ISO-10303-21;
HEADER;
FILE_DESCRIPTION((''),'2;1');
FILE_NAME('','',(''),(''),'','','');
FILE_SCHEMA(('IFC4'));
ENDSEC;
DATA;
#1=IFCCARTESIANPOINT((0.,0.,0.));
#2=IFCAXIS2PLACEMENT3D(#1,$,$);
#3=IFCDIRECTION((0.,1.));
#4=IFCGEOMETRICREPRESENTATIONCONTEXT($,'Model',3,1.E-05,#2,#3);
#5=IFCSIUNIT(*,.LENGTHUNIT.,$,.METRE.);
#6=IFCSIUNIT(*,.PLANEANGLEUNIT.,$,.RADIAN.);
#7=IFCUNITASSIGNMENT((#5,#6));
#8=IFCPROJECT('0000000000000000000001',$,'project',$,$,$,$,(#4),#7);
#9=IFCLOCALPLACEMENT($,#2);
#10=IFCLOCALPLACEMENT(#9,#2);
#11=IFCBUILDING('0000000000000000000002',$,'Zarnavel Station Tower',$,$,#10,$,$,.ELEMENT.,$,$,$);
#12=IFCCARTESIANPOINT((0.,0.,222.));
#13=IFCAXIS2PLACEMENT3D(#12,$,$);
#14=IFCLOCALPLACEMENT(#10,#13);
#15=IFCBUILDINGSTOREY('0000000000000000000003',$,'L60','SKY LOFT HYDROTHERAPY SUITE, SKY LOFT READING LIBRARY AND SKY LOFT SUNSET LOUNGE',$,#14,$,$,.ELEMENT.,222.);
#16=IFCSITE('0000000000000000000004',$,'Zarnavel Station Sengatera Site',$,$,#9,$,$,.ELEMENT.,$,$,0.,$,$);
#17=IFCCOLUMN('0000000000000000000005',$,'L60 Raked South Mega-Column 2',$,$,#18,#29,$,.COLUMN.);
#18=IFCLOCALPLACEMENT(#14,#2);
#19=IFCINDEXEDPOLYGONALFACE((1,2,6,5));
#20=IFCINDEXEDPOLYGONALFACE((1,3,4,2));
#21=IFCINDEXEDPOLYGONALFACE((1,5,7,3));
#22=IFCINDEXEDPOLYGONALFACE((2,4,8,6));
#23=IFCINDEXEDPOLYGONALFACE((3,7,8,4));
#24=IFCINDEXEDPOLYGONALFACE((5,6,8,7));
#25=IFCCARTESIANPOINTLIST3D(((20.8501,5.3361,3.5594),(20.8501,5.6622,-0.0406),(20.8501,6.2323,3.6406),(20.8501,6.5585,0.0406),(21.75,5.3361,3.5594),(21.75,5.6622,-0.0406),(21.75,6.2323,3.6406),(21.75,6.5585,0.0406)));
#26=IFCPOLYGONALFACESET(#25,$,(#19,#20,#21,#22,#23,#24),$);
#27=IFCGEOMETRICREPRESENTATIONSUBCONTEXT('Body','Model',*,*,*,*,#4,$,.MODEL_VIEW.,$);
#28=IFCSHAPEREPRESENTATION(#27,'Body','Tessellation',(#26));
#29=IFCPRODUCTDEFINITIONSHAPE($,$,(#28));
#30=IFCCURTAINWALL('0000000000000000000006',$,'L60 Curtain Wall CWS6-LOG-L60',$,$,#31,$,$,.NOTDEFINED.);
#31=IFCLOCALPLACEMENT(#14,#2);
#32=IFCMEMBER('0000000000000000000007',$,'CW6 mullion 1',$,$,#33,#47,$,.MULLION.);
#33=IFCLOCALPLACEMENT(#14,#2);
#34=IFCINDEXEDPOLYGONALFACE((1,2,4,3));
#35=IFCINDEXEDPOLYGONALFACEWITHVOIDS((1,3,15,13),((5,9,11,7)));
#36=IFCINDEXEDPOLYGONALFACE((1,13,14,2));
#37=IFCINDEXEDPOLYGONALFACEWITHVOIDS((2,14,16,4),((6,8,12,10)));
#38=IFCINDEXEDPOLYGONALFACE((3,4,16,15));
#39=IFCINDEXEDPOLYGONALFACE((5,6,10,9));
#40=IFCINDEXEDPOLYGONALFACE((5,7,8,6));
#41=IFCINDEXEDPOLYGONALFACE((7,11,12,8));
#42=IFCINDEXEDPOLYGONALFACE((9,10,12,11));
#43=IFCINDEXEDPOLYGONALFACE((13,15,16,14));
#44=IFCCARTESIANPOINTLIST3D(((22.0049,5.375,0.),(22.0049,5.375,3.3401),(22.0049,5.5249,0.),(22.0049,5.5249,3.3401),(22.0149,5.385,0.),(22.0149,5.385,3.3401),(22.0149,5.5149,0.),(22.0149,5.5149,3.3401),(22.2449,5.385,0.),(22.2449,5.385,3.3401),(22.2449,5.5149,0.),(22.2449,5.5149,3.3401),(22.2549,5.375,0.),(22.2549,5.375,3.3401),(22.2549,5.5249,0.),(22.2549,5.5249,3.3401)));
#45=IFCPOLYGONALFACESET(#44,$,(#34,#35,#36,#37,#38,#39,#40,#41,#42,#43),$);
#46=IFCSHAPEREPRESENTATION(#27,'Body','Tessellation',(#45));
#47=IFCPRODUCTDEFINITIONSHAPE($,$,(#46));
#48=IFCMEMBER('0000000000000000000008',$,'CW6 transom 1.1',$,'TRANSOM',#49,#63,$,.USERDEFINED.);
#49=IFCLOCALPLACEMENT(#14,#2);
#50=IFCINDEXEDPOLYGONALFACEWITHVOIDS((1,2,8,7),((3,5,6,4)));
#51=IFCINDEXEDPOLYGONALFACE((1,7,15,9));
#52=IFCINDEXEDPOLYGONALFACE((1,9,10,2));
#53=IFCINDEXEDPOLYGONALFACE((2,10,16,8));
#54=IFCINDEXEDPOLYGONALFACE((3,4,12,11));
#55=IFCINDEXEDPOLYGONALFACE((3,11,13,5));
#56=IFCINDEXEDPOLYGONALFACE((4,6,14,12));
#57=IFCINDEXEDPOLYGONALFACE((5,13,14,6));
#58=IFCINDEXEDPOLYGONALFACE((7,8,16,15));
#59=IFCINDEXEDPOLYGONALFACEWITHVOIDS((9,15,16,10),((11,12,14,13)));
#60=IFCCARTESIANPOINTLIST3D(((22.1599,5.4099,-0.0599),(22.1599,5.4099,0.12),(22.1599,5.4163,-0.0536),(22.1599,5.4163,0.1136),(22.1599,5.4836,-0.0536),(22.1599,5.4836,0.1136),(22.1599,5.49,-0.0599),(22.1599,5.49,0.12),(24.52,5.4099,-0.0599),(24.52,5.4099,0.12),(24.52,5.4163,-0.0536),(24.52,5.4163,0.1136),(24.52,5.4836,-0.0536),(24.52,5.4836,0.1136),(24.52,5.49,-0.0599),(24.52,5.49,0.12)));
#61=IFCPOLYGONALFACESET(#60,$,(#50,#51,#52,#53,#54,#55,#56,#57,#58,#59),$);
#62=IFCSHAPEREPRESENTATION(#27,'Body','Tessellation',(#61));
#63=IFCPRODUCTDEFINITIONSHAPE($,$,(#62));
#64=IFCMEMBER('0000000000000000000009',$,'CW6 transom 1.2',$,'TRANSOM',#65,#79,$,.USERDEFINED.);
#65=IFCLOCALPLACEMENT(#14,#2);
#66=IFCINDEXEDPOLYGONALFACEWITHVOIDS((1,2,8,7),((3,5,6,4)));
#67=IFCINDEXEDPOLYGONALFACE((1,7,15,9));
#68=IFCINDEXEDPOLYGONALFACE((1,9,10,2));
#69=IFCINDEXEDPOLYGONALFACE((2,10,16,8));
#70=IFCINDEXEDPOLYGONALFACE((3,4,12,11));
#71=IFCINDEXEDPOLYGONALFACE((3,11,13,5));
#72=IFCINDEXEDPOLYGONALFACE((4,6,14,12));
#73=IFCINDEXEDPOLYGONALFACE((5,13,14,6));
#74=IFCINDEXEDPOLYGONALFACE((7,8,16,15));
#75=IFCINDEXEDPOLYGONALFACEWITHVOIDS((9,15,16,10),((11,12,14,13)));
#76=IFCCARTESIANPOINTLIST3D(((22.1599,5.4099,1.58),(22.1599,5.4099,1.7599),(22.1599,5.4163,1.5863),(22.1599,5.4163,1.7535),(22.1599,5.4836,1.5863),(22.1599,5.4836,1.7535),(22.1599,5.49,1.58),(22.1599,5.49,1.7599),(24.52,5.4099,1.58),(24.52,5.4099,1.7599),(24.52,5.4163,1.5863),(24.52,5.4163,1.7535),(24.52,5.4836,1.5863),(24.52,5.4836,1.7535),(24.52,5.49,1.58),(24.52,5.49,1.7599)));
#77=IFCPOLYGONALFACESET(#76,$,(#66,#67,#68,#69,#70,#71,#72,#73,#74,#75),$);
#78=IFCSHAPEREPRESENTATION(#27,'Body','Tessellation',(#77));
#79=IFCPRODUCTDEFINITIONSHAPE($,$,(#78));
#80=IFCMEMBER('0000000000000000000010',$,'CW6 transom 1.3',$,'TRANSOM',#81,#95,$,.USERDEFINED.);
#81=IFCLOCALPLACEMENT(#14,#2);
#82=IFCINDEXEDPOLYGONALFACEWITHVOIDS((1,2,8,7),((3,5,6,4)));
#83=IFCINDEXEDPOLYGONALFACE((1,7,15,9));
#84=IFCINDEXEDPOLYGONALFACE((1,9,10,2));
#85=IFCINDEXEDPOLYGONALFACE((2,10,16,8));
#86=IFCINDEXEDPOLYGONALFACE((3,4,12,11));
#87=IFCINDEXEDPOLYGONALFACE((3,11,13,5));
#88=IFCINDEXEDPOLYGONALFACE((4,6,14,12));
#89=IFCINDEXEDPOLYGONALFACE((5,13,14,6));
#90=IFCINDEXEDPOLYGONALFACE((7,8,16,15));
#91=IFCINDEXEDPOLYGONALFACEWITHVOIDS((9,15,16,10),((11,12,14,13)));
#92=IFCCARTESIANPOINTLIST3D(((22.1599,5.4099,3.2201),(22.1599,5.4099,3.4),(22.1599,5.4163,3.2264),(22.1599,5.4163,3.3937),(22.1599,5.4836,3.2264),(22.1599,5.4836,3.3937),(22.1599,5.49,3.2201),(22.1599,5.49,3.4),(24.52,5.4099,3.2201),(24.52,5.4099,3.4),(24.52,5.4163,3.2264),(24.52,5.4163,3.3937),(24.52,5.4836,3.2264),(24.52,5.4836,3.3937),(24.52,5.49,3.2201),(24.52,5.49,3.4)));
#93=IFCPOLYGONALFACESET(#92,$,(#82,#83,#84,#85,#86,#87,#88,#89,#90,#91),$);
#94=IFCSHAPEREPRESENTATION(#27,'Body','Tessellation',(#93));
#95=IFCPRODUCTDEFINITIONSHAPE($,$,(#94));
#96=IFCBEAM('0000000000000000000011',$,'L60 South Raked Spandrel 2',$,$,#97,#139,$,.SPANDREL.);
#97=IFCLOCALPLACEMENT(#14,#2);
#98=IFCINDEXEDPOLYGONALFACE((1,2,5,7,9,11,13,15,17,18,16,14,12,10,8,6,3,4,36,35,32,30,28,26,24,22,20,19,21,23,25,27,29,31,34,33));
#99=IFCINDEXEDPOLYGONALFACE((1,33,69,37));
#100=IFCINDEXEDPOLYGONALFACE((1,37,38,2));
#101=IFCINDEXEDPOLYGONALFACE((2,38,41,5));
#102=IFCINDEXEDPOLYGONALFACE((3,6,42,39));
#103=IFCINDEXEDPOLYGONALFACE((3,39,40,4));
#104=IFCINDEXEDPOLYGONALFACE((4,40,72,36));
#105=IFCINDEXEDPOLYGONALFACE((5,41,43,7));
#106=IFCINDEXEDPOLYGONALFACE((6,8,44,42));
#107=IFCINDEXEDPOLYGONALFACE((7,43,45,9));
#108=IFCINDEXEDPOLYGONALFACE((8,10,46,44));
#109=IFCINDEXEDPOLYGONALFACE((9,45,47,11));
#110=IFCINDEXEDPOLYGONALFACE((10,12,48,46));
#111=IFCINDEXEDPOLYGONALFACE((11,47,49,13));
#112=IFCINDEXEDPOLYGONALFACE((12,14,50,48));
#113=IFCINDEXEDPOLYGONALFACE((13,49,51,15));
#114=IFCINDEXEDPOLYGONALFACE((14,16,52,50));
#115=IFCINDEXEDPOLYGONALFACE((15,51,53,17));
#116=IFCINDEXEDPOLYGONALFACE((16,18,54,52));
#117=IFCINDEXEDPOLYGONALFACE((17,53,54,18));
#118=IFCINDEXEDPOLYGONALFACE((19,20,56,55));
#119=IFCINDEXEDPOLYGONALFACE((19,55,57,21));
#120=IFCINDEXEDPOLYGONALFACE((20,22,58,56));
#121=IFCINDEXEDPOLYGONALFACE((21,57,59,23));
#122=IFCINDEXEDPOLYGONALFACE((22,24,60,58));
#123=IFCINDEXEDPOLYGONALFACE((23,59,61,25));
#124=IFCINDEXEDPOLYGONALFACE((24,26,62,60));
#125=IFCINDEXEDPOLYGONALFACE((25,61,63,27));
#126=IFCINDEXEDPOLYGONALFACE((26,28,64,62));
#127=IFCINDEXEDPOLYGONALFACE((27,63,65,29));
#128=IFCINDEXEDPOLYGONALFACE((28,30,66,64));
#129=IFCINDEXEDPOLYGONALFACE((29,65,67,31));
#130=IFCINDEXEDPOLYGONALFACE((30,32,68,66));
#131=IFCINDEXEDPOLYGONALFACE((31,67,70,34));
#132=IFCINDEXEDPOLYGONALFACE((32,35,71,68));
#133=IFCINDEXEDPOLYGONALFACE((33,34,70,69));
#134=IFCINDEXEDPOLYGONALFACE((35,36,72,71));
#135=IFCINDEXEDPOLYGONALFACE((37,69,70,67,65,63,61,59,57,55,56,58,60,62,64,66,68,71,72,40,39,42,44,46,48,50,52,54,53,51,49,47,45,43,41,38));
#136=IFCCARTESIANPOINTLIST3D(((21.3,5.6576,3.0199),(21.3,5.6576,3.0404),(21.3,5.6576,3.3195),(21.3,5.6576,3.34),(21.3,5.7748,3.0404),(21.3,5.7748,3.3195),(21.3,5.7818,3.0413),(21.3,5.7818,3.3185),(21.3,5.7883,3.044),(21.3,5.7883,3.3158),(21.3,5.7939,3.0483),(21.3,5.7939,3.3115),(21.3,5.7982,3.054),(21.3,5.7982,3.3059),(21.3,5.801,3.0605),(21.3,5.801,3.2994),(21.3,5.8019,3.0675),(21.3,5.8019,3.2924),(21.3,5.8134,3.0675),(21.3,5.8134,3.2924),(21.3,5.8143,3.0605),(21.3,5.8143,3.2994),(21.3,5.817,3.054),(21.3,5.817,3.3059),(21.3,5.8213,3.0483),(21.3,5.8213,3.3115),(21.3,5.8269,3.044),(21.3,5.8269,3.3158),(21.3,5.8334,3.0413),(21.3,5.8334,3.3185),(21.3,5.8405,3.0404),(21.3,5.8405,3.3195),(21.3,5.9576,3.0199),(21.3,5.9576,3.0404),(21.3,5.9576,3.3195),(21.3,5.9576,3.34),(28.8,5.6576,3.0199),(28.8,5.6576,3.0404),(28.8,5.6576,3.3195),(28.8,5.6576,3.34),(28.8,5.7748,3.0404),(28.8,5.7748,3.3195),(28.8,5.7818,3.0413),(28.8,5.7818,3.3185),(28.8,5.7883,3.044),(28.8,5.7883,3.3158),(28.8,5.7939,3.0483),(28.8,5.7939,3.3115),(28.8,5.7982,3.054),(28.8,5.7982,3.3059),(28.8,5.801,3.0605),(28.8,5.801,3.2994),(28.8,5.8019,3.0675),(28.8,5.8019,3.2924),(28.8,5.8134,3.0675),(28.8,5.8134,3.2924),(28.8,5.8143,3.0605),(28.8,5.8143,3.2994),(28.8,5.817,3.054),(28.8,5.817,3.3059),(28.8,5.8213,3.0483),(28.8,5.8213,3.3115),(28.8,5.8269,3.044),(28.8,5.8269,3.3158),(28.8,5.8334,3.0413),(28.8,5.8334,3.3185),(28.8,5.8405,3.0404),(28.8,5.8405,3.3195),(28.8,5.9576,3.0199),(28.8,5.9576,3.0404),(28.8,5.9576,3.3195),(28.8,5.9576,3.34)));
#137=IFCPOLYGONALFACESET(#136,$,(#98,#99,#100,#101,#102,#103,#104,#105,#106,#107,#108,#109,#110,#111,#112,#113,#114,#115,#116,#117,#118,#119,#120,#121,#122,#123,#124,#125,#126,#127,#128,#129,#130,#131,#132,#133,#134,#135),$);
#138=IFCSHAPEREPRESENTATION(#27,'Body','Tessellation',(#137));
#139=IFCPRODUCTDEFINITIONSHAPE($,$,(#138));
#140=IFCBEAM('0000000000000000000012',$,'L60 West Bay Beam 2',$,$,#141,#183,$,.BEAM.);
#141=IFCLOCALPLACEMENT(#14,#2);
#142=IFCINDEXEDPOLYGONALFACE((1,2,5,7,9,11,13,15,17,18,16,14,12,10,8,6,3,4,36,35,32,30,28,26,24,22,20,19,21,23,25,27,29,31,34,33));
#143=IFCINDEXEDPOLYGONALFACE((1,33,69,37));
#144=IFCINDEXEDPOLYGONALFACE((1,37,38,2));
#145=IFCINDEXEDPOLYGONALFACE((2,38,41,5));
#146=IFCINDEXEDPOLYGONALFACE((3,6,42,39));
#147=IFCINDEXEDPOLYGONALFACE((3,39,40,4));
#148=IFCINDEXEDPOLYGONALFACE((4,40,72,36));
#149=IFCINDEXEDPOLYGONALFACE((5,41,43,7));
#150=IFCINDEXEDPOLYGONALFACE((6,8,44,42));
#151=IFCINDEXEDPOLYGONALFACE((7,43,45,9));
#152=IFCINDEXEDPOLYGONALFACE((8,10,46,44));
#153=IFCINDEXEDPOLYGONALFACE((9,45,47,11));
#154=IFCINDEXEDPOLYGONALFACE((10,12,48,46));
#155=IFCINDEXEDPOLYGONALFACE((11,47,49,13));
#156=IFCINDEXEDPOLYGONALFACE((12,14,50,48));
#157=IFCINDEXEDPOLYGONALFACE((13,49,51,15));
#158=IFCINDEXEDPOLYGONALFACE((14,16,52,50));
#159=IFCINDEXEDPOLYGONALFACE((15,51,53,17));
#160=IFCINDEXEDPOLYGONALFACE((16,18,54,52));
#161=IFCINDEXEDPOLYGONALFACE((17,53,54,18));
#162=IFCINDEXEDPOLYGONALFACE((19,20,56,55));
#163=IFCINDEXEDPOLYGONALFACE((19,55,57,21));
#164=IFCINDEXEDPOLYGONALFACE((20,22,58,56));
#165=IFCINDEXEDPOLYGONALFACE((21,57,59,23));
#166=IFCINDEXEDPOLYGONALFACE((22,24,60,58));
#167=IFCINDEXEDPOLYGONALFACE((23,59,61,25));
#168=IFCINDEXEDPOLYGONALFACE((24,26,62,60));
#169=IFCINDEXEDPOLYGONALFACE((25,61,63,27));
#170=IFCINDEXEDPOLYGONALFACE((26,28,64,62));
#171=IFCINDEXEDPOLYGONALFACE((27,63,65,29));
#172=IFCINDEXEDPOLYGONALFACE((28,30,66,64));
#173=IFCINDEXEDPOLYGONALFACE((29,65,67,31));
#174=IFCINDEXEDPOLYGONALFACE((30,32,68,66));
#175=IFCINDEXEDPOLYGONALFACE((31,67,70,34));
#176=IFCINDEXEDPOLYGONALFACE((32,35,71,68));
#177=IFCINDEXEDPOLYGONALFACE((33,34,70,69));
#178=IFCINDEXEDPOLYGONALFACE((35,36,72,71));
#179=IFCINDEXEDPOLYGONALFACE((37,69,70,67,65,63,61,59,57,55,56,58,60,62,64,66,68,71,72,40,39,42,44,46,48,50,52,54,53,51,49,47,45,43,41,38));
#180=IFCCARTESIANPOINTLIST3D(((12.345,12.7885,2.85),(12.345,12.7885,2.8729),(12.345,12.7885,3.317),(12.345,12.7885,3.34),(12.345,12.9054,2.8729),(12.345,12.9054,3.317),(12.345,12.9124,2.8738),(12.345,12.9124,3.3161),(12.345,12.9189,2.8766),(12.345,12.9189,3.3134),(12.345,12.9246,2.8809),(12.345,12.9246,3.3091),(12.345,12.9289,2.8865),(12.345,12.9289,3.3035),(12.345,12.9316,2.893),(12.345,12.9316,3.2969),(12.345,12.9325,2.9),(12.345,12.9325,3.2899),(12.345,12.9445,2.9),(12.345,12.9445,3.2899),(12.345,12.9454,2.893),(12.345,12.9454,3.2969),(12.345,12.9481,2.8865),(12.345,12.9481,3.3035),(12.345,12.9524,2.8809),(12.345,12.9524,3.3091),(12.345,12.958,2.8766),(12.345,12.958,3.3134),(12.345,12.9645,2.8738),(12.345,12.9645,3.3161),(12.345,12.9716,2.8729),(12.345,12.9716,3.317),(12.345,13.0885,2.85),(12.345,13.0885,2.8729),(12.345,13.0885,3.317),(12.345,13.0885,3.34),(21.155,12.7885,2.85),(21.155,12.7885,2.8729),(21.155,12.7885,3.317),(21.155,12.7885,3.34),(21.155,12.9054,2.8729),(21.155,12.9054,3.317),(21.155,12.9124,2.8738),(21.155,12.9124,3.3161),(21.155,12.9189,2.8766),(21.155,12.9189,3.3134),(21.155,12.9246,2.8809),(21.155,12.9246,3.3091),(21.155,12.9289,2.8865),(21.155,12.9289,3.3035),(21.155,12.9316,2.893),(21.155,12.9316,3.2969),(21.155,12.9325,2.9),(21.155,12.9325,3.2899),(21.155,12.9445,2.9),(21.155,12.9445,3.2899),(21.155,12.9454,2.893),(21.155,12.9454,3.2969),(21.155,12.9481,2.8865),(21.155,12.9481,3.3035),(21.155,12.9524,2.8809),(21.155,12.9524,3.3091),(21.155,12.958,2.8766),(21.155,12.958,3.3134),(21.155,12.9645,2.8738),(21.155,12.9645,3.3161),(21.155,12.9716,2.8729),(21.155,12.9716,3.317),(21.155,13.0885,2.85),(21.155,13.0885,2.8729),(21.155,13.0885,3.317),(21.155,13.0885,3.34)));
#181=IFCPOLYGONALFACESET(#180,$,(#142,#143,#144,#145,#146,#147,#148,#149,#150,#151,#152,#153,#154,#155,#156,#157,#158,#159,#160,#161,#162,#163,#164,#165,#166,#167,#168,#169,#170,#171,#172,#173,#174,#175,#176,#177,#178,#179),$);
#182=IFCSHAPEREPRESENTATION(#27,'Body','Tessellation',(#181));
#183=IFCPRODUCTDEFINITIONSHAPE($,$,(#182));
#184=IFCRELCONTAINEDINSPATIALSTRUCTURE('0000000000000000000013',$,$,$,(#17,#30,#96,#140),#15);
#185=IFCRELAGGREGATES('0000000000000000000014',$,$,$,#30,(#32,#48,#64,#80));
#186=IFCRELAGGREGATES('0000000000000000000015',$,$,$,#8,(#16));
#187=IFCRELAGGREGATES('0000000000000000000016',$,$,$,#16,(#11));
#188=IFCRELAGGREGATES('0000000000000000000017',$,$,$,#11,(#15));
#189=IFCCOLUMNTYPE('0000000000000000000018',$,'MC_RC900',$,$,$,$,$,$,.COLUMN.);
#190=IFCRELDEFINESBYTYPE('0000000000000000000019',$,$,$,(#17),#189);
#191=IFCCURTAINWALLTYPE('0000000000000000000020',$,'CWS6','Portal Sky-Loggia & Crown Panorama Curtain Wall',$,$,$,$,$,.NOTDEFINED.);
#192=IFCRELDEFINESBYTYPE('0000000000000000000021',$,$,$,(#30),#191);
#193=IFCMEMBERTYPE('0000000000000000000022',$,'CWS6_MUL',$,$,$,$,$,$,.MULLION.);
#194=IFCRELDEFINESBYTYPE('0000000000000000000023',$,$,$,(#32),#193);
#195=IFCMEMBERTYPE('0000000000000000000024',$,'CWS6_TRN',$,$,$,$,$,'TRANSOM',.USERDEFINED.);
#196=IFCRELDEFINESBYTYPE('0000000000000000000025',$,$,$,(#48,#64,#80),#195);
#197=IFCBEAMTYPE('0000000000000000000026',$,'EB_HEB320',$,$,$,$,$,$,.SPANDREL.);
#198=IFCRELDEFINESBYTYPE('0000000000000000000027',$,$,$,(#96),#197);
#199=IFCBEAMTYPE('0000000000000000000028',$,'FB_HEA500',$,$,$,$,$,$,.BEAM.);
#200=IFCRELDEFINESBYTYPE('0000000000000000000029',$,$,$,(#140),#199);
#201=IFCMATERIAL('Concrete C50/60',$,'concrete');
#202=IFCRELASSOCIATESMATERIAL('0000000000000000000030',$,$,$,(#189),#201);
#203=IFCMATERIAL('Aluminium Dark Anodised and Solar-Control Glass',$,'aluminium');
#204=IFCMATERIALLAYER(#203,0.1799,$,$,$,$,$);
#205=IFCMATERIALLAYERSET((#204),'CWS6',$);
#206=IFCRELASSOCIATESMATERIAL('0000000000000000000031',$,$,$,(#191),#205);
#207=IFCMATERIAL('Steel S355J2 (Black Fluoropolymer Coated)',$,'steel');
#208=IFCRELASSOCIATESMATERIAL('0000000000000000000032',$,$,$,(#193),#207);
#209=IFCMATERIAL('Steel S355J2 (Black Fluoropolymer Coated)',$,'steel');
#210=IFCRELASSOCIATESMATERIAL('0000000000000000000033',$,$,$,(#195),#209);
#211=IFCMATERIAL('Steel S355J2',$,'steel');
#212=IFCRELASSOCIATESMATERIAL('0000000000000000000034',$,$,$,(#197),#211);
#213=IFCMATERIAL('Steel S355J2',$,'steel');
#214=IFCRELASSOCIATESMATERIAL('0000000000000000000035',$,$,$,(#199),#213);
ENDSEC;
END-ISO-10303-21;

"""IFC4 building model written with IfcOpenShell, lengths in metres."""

from ifc_helpers import new_model, si_unit, direction, frame, origin, origin_2d, place, context, subcontext, project, spatial, rectangle, hollow_rectangle, i_section, extrude, material, layer, layer_set, material_profile, profile_set, type_object, element, aggregate, save


model = new_model("IFC4")

# Units and contexts
model_context = context("Model", 3, precision=1e-05, world=origin(), true_north=direction((0.0, 1.0)))
body_context = subcontext(model_context, "Body", "Model", "MODEL_VIEW")
ifc_project = project(units=[si_unit("LENGTHUNIT", "METRE"), si_unit("PLANEANGLEUNIT", "RADIAN")], contexts=[model_context])

# Site, building, storey
site_placement = place(None, origin())
site = spatial("IfcSite", under=ifc_project, at=site_placement, Name="Zarnavel Station Sengatera Site", CompositionType="ELEMENT", RefElevation=0.0)
building_placement = place(site_placement, origin())
building = spatial("IfcBuilding", under=site, at=building_placement, Name="Zarnavel Station Tower", CompositionType="ELEMENT")
storey_placement = place(building_placement, frame((0.0, 0.0, 222.0)))
storey = spatial("IfcBuildingStorey", under=building, at=storey_placement, Name="L60", Description="SKY LOFT HYDROTHERAPY SUITE, SKY LOFT READING LIBRARY AND SKY LOFT SUNSET LOUNGE", CompositionType="ELEMENT", Elevation=222.0)

# Column
ifc_material_1 = material(Name="Concrete C50/60", Category="concrete")
ifc_material_profile_1 = material_profile(ifc_material_1, rectangle(XDim=0.8999, YDim=0.8999, at=origin_2d()), Name="RC900x900")
ifc_profile_set_1 = profile_set([ifc_material_profile_1], Name="Concrete C50/60")
column_type = type_object("IfcColumnType", Name="MC_RC900", PredefinedType="COLUMN", material=ifc_profile_set_1)
column_placement = place(storey_placement, frame((21.3, 6.1104, 0.0), z_axis=(0.0, -0.090231, 0.995921), x_axis=(1.0, 0.0, 0.0)))
element("IfcColumn", 1, at=column_placement, inside=storey, type_object=column_type, Name="L60 Raked South Mega-Column 2", PredefinedType="COLUMN", context=body_context, shape_type="SweptSolid", body=[
    extrude(rectangle(XDim=0.8999, YDim=0.8999, at=origin_2d()), origin(), (0.0, 0.0, 1.0), 3.6147),
])

# Curtain wall, members
ifc_material_2 = material(Name="Aluminium Dark Anodised and Solar-Control Glass", Category="aluminium")
ifc_layer_1 = layer(ifc_material_2, 0.1799)
ifc_layer_set_1 = layer_set([ifc_layer_1], Name="CWS6")
curtain_wall_type = type_object("IfcCurtainWallType", Name="CWS6", Description="Portal Sky-Loggia & Crown Panorama Curtain Wall", PredefinedType="NOTDEFINED", material=ifc_layer_set_1)
curtain_wall_placement = place(storey_placement, origin())
curtain_wall = element("IfcCurtainWall", 2, at=curtain_wall_placement, inside=storey, type_object=curtain_wall_type, Name="L60 Curtain Wall CWS6-LOG-L60", PredefinedType="NOTDEFINED")
ifc_material_3 = material(Name="Steel S355J2 (Black Fluoropolymer Coated)", Category="steel")
ifc_material_profile_2 = material_profile(ifc_material_3, hollow_rectangle(XDim=0.1499, YDim=0.25, WallThickness=0.01, at=origin_2d()), Name="RHS250x150x10")
ifc_profile_set_2 = profile_set([ifc_material_profile_2], Name="Steel S355J2 (Black Fluoropolymer Coated)")
member_type_1 = type_object("IfcMemberType", Name="CWS6_MUL", PredefinedType="MULLION", material=ifc_profile_set_2)
member_1_placement = place(storey_placement, frame((22.1299, 5.45, 0.0), z_axis=(0.0, 0.0, 1.0), x_axis=(0.0, 1.0, 0.0)))
member_1 = element("IfcMember", 3, at=member_1_placement, type_object=member_type_1, Name="CW6 mullion 1", PredefinedType="MULLION", context=body_context, shape_type="SweptSolid", body=[
    extrude(hollow_rectangle(XDim=0.1499, YDim=0.25, WallThickness=0.01, at=origin_2d()), origin(), (0.0, 0.0, 1.0), 3.3401),
])
ifc_material_4 = material(Name="Steel S355J2 (Black Fluoropolymer Coated)", Category="steel")
ifc_material_profile_3 = material_profile(ifc_material_4, hollow_rectangle(XDim=0.0801, YDim=0.1799, WallThickness=0.0063, at=origin_2d()), Name="RHS180x80x6.3")
ifc_profile_set_3 = profile_set([ifc_material_profile_3], Name="Steel S355J2 (Black Fluoropolymer Coated)")
member_type_2 = type_object("IfcMemberType", Name="CWS6_TRN", ElementType="TRANSOM", PredefinedType="USERDEFINED", material=ifc_profile_set_3)
member_2_placement = place(storey_placement, frame((22.1599, 5.45, 0.03), z_axis=(1.0, 0.0, 0.0), x_axis=(0.0, 1.0, 0.0)))
member_2 = element("IfcMember", 4, at=member_2_placement, type_object=member_type_2, Name="CW6 transom 1.1", ObjectType="TRANSOM", PredefinedType="USERDEFINED", context=body_context, shape_type="SweptSolid", body=[
    extrude(hollow_rectangle(XDim=0.0801, YDim=0.1799, WallThickness=0.0063, at=origin_2d()), origin(), (0.0, 0.0, 1.0), 2.3601),
])
member_3_placement = place(storey_placement, frame((22.1599, 5.45, 1.6699), z_axis=(1.0, 0.0, 0.0), x_axis=(0.0, 1.0, 0.0)))
member_3 = element("IfcMember", 5, at=member_3_placement, type_object=member_type_2, Name="CW6 transom 1.2", ObjectType="TRANSOM", PredefinedType="USERDEFINED", context=body_context, shape_type="SweptSolid", body=[
    extrude(hollow_rectangle(XDim=0.0801, YDim=0.1799, WallThickness=0.0063, at=origin_2d()), origin(), (0.0, 0.0, 1.0), 2.3601),
])
member_4_placement = place(storey_placement, frame((22.1599, 5.45, 3.3101), z_axis=(1.0, 0.0, 0.0), x_axis=(0.0, 1.0, 0.0)))
member_4 = element("IfcMember", 6, at=member_4_placement, type_object=member_type_2, Name="CW6 transom 1.3", ObjectType="TRANSOM", PredefinedType="USERDEFINED", context=body_context, shape_type="SweptSolid", body=[
    extrude(hollow_rectangle(XDim=0.0801, YDim=0.1799, WallThickness=0.0063, at=origin_2d()), origin(), (0.0, 0.0, 1.0), 2.3601),
])
aggregate(curtain_wall, [member_1, member_2, member_3, member_4])

# Beams
ifc_material_5 = material(Name="Steel S355J2", Category="steel")
ifc_material_profile_4 = material_profile(ifc_material_5, i_section(OverallWidth=0.3, OverallDepth=0.3201, WebThickness=0.0115, FlangeThickness=0.0205, FilletRadius=0.0271, at=origin_2d()), Name="HEB320")
ifc_profile_set_4 = profile_set([ifc_material_profile_4], Name="Steel S355J2")
beam_type_1 = type_object("IfcBeamType", Name="EB_HEB320", PredefinedType="SPANDREL", material=ifc_profile_set_4)
beam_1_placement = place(storey_placement, frame((21.3, 5.8076, 3.1799), z_axis=(1.0, 0.0, 0.0), x_axis=(0.0, 1.0, 0.0)))
element("IfcBeam", 7, at=beam_1_placement, inside=storey, type_object=beam_type_1, Name="L60 South Raked Spandrel 2", PredefinedType="SPANDREL", context=body_context, shape_type="SweptSolid", body=[
    extrude(i_section(OverallWidth=0.3, OverallDepth=0.3201, WebThickness=0.0115, FlangeThickness=0.0205, FilletRadius=0.0271, at=origin_2d()), origin(), (0.0, 0.0, 1.0), 7.5),
])
ifc_material_6 = material(Name="Steel S355J2", Category="steel")
ifc_material_profile_5 = material_profile(ifc_material_6, i_section(OverallWidth=0.3, OverallDepth=0.49, WebThickness=0.012, FlangeThickness=0.0229, FilletRadius=0.0271, at=origin_2d()), Name="HEA500")
ifc_profile_set_5 = profile_set([ifc_material_profile_5], Name="Steel S355J2")
beam_type_2 = type_object("IfcBeamType", Name="FB_HEA500", PredefinedType="BEAM", material=ifc_profile_set_5)
beam_2_placement = place(storey_placement, frame((12.345, 12.9385, 3.095), z_axis=(1.0, 0.0, 0.0), x_axis=(0.0, 1.0, 0.0)))
element("IfcBeam", 8, at=beam_2_placement, inside=storey, type_object=beam_type_2, Name="L60 West Bay Beam 2", PredefinedType="BEAM", context=body_context, shape_type="SweptSolid", body=[
    extrude(i_section(OverallWidth=0.3, OverallDepth=0.49, WebThickness=0.012, FlangeThickness=0.0229, FilletRadius=0.0271, at=origin_2d()), origin(), (0.0, 0.0, 1.0), 8.8101),
])

save(model, "model.ifc")
